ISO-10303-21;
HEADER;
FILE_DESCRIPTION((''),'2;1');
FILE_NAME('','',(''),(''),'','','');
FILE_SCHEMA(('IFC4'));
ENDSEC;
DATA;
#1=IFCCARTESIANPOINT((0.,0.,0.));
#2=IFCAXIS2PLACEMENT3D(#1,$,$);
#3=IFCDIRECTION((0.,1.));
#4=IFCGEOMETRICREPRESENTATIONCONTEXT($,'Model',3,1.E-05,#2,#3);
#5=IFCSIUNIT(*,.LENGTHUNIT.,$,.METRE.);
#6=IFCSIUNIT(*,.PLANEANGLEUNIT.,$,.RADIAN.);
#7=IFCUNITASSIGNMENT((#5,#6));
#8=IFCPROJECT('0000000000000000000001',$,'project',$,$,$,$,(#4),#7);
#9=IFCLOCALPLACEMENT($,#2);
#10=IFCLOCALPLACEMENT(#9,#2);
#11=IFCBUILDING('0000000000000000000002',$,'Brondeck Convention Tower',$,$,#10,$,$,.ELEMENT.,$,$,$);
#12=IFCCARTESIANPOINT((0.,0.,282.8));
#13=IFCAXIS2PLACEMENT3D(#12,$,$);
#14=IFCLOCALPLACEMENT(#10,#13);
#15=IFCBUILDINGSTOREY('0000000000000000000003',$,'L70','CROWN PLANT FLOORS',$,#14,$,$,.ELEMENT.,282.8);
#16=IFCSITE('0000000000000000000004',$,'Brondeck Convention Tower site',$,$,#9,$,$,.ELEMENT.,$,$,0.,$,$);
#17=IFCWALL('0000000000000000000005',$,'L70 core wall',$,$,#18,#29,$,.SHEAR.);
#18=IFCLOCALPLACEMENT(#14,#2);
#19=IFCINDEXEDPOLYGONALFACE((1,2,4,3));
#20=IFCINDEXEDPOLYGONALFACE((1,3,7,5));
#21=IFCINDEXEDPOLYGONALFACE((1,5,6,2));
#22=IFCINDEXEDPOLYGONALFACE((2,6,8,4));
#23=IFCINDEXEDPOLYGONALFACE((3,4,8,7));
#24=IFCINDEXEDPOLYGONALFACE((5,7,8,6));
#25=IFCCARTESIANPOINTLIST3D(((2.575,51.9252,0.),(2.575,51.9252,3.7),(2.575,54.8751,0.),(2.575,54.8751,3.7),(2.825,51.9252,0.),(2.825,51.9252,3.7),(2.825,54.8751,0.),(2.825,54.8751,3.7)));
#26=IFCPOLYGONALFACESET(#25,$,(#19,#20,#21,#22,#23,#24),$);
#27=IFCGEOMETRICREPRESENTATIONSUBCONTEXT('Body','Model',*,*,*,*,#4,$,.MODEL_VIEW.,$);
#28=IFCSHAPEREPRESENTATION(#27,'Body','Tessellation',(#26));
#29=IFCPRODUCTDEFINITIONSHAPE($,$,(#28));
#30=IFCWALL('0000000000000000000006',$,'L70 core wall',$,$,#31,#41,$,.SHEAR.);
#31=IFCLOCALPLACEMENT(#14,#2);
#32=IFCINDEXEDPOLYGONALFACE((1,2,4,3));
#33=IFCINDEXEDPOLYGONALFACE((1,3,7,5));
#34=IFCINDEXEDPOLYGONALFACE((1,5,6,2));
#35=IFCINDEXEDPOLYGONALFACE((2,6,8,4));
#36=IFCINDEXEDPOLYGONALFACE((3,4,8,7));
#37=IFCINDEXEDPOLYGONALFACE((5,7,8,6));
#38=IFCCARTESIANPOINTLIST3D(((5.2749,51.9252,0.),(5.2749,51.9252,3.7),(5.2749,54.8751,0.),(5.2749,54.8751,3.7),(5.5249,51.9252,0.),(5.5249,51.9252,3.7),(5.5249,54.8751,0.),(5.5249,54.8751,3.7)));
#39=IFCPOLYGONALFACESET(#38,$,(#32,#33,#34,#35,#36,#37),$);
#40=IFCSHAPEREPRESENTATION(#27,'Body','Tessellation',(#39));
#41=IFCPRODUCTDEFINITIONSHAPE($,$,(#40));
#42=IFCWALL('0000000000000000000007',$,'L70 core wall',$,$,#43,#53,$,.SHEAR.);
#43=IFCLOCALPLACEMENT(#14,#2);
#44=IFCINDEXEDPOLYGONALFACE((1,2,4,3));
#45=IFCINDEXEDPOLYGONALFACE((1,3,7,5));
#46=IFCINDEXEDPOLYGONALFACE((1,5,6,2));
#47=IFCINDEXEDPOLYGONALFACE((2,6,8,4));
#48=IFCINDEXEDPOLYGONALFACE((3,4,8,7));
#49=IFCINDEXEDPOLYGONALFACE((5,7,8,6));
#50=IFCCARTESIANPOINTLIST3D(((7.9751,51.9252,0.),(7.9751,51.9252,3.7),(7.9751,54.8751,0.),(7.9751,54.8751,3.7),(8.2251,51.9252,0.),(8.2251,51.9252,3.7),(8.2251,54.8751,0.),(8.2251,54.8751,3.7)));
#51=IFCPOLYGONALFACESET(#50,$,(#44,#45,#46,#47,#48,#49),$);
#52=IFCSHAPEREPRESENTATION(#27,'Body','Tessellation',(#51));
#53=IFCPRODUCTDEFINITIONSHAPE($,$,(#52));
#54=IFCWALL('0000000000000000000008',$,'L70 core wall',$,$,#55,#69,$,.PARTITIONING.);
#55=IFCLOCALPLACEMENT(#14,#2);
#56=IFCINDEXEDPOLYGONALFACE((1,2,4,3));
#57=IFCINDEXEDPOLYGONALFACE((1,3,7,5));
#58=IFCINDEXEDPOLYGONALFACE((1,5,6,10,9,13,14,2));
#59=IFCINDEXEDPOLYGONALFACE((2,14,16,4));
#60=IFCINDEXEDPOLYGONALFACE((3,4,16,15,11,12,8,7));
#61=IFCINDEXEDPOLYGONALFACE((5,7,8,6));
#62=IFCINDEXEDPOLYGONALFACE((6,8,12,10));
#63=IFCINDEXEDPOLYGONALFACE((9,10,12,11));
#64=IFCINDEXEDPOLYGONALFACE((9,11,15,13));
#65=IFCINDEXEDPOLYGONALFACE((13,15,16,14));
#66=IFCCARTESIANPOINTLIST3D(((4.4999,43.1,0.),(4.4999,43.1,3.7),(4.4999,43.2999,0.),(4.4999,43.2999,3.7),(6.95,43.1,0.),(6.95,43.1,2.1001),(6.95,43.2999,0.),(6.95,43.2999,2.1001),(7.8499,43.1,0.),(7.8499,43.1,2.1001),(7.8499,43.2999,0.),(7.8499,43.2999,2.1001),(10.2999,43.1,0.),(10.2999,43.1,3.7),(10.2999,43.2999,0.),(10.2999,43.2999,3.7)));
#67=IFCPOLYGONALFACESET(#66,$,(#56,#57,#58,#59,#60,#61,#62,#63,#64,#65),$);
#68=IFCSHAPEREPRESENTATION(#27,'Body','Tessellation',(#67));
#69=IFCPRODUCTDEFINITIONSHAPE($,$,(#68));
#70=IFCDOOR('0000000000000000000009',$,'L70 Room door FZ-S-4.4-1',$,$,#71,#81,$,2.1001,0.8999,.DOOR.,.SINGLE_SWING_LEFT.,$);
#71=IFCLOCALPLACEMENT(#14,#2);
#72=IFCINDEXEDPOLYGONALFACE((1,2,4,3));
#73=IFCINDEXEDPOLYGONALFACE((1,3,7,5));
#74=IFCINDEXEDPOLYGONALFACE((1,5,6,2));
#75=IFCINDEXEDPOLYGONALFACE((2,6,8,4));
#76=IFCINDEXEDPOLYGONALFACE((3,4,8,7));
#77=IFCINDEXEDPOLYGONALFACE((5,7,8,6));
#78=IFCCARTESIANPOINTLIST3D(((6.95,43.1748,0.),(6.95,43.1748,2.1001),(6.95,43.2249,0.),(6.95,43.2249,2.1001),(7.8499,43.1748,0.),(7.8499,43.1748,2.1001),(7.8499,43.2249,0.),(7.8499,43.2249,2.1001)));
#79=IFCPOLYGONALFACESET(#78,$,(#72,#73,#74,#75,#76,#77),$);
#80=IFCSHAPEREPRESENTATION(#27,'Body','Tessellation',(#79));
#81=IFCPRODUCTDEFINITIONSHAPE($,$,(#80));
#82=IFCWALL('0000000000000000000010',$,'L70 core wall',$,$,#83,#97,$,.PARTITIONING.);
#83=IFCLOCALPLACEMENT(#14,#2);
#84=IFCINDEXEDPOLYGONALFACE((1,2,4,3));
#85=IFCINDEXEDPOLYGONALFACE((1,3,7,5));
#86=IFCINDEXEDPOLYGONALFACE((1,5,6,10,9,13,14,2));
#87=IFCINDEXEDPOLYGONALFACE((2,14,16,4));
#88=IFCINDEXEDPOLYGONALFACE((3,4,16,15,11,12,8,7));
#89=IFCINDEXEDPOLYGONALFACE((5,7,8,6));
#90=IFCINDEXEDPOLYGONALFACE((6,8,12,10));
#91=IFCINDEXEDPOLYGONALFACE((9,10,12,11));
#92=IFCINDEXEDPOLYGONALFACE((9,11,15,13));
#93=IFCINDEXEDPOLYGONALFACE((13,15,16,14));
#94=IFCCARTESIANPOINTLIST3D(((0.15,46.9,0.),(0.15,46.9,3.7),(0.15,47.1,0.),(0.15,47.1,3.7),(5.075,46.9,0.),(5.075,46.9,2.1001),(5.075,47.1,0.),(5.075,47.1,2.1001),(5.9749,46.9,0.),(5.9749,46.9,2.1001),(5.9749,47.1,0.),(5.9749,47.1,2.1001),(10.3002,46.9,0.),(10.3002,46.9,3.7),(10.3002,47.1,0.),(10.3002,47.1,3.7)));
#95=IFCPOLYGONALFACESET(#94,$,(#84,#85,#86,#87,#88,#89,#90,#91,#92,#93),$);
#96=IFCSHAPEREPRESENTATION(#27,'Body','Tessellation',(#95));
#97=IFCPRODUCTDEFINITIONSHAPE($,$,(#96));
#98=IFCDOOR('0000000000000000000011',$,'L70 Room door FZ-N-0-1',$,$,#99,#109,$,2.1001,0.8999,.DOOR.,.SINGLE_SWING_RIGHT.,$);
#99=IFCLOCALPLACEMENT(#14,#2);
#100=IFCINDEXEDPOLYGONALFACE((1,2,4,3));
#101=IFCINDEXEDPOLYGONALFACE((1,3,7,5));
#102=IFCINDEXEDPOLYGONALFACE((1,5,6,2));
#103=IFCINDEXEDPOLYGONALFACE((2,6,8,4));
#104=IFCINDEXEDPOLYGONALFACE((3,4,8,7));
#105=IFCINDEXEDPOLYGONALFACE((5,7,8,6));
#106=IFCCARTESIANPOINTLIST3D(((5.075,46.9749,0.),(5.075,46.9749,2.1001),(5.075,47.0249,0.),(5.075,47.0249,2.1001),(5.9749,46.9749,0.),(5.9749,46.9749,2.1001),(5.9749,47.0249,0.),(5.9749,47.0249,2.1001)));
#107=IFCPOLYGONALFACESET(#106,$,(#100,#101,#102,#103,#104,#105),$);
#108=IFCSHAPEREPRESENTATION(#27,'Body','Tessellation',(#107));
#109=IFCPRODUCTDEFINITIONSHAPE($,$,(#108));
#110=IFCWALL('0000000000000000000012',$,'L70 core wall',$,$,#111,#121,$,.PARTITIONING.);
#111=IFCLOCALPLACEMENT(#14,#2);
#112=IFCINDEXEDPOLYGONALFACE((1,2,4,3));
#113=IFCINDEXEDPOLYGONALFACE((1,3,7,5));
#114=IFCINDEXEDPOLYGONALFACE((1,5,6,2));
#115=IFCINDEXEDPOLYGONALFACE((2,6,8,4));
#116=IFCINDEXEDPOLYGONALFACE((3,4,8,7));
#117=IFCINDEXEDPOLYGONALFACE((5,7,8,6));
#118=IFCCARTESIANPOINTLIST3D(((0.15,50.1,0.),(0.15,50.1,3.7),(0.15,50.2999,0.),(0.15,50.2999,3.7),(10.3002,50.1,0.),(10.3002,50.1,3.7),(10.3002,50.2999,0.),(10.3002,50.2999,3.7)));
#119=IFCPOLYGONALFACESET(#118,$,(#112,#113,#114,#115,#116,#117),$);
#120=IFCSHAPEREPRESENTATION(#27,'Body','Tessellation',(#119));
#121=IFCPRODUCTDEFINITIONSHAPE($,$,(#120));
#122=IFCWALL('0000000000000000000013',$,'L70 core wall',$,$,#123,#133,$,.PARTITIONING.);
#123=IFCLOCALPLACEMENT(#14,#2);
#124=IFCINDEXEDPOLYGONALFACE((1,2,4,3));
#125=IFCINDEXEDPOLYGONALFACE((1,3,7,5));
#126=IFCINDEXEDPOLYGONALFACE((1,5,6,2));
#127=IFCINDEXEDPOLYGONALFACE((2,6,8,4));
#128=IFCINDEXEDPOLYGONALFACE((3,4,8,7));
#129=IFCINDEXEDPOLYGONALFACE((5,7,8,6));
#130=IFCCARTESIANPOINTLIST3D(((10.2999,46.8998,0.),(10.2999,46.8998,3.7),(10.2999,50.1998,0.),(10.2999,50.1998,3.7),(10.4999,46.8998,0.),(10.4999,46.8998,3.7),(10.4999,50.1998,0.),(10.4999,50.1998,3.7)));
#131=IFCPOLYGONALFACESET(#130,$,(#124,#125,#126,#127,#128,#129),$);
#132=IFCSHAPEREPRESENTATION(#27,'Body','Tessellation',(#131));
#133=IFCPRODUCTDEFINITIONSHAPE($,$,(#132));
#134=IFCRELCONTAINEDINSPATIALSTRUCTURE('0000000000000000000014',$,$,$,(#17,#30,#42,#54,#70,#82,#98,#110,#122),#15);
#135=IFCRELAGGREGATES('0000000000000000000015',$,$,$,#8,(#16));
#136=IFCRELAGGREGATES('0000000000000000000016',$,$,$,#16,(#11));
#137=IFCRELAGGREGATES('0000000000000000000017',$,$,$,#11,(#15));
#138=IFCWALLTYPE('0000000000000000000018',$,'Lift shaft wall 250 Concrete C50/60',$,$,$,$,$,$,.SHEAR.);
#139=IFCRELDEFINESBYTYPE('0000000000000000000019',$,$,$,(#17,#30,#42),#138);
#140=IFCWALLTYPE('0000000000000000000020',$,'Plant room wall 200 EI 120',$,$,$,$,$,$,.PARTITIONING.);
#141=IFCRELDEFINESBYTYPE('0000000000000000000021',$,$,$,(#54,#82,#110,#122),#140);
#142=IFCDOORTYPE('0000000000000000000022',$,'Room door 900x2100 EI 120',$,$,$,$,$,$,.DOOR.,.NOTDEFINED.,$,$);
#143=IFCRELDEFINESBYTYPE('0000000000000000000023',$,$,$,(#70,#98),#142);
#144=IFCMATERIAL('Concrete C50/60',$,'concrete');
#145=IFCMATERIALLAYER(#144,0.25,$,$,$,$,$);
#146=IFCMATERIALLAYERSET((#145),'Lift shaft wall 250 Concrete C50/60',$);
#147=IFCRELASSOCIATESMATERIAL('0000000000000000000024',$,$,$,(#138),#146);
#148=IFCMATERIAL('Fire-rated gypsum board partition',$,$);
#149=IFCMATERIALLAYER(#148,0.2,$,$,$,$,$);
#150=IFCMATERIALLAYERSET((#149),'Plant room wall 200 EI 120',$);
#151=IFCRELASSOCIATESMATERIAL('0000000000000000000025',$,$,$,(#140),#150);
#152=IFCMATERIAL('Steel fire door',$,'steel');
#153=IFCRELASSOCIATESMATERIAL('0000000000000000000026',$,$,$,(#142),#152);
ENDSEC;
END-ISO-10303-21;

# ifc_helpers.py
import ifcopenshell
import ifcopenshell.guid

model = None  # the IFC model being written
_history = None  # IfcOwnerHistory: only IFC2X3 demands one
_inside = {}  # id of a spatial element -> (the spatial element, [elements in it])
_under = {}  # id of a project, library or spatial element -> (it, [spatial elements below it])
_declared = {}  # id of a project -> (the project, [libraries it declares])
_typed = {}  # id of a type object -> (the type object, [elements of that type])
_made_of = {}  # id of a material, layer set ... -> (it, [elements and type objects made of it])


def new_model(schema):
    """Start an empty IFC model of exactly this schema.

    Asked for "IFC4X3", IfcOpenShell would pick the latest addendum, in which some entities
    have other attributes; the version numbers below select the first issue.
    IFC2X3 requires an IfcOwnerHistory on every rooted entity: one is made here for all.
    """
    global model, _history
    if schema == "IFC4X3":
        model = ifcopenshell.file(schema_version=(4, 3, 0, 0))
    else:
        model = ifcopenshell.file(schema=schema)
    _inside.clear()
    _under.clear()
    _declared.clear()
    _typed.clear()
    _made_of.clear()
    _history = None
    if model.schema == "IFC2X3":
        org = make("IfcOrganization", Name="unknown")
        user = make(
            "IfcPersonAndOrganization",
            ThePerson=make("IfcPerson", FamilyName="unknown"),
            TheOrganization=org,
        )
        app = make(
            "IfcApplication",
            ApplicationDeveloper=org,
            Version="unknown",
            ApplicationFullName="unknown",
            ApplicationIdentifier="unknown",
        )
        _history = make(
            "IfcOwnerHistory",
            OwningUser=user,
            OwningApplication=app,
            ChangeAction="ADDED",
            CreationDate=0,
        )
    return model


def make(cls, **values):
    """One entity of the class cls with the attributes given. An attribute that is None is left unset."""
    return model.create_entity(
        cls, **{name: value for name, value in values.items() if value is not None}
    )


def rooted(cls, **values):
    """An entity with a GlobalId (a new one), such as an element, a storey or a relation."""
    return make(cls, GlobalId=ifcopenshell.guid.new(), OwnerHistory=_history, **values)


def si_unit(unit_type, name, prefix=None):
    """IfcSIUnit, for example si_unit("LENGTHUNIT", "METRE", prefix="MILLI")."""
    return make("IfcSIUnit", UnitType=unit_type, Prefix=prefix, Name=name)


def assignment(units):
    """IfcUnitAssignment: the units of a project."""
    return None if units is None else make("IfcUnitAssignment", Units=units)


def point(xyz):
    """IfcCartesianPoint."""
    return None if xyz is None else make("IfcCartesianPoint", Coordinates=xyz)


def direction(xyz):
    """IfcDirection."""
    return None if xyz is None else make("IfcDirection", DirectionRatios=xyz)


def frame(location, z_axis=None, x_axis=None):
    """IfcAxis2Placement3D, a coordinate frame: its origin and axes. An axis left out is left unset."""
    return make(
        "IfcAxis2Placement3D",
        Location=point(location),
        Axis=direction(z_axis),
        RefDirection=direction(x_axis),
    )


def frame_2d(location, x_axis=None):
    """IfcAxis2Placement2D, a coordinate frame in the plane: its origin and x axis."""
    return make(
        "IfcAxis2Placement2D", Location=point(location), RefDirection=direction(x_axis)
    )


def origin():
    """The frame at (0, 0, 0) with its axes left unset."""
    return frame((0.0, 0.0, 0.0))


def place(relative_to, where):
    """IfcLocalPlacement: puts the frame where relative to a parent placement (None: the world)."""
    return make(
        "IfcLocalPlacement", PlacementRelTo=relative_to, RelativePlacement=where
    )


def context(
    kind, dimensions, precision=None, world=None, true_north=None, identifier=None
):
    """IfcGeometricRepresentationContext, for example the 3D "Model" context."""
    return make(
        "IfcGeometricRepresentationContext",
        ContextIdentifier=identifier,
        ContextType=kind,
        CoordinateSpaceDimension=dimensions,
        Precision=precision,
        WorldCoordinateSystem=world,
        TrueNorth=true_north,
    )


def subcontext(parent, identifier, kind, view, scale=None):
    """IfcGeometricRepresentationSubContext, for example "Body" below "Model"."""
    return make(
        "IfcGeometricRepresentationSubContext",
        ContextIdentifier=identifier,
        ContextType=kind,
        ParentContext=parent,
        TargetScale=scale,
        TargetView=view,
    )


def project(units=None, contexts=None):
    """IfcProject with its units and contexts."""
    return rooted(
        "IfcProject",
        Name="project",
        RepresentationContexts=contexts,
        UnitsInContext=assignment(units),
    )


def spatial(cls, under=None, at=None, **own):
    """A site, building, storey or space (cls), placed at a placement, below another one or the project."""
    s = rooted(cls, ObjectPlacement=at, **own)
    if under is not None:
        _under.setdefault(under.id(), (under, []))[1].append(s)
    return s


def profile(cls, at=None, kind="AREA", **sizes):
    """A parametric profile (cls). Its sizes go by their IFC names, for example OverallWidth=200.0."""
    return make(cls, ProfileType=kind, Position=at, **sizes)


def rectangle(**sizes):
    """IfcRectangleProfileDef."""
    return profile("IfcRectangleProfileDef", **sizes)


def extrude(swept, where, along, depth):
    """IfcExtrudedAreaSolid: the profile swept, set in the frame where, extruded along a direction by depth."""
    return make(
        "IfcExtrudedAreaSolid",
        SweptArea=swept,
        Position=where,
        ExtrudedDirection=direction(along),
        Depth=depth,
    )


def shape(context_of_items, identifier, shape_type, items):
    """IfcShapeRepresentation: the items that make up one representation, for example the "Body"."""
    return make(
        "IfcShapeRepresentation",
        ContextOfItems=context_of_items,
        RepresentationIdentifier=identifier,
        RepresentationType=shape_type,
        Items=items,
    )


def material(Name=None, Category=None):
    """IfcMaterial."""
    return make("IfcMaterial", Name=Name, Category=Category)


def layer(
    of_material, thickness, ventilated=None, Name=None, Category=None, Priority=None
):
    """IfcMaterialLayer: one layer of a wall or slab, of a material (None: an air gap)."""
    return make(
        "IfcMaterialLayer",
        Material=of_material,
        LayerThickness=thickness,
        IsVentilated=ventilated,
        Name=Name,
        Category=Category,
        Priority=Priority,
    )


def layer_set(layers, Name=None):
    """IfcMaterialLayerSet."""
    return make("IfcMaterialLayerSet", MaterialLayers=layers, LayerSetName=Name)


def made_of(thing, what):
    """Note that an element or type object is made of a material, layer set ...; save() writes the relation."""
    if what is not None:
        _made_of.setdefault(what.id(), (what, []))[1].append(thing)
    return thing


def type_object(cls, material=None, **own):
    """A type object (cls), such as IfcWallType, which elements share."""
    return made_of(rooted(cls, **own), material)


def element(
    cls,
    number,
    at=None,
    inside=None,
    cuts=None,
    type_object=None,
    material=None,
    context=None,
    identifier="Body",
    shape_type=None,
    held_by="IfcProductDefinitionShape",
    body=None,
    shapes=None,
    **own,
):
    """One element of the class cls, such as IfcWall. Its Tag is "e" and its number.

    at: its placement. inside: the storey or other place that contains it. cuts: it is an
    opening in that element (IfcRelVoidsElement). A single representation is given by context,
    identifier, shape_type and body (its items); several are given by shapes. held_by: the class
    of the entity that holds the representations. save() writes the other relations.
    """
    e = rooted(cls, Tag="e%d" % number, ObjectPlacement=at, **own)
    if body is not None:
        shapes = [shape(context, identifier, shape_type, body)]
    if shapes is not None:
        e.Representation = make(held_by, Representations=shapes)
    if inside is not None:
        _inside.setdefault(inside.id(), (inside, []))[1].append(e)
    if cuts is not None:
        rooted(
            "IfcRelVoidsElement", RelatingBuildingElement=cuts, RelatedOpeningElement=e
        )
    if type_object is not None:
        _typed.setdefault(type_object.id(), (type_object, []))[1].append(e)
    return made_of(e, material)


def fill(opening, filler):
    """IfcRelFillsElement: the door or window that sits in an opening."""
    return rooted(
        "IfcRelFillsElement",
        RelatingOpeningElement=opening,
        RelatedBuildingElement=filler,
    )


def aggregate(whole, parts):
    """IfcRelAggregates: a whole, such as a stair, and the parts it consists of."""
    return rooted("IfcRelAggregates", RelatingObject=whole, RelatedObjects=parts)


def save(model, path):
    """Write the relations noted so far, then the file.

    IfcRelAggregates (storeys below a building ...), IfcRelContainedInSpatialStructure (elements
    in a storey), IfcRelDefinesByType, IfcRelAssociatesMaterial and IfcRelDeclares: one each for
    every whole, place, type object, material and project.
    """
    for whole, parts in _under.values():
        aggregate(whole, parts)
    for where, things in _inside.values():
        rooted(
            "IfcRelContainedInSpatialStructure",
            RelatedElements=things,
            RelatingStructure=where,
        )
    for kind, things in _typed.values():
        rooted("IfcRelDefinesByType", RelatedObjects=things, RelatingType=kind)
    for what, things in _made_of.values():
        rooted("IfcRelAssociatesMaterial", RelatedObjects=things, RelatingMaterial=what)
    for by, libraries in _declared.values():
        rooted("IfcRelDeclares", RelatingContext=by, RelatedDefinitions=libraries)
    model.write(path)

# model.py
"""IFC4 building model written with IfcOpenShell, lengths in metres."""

from ifc_helpers import new_model, si_unit, direction, frame, frame_2d, origin, place, context, subcontext, project, spatial, rectangle, extrude, material, layer, layer_set, type_object, element, fill, save


model = new_model("IFC4")

# Units and contexts
model_context = context("Model", 3, precision=1e-05, world=origin(), true_north=direction((0.0, 1.0)))
body_context = subcontext(model_context, "Body", "Model", "MODEL_VIEW")
ifc_project = project(units=[si_unit("LENGTHUNIT", "METRE"), si_unit("PLANEANGLEUNIT", "RADIAN")], contexts=[model_context])

# Site, building, storey
site_placement = place(None, origin())
site = spatial("IfcSite", under=ifc_project, at=site_placement, Name="Brondeck Convention Tower site", CompositionType="ELEMENT", RefElevation=0.0)
building_placement = place(site_placement, origin())
building = spatial("IfcBuilding", under=site, at=building_placement, Name="Brondeck Convention Tower", CompositionType="ELEMENT")
storey_placement = place(building_placement, frame((0.0, 0.0, 282.8)))
storey = spatial("IfcBuildingStorey", under=building, at=storey_placement, Name="L70", Description="CROWN PLANT FLOORS", CompositionType="ELEMENT", Elevation=282.8)

# Shared definitions
ifc_material_1 = material(Name="Concrete C50/60", Category="concrete")

# Walls
ifc_material_2 = material(Name="Fire-rated gypsum board partition")
ifc_layer_1 = layer(ifc_material_1, 0.25)
ifc_layer_set_1 = layer_set([ifc_layer_1], Name="Lift shaft wall 250 Concrete C50/60")
wall_type_1 = type_object("IfcWallType", Name="Lift shaft wall 250 Concrete C50/60", PredefinedType="SHEAR", material=ifc_layer_set_1)
for number, where, z_axis, x_axis, name in (
    (1, (2.7, 51.925, 0.0), (0.0, 0.0, 1.0), (0.0, 1.0, 0.0), "L70 core wall"),
    (2, (5.3999, 51.925, 0.0), (0.0, 0.0, 1.0), (0.0, 1.0, 0.0), "L70 core wall"),
    (3, (8.1001, 51.925, 0.0), (0.0, 0.0, 1.0), (0.0, 1.0, 0.0), "L70 core wall"),
):
    element("IfcWall", number, at=place(storey_placement, frame(where, z_axis=z_axis, x_axis=x_axis)), inside=storey, type_object=wall_type_1, Name=name, PredefinedType="SHEAR", context=body_context, shape_type="SweptSolid", body=[
        extrude(rectangle(XDim=2.95, YDim=0.25, at=frame_2d((1.4751, 0.0))), origin(), (0.0, 0.0, 1.0), 3.7),
    ])

# Walls, openings, doors
ifc_layer_2 = layer(ifc_material_2, 0.2)
ifc_layer_set_2 = layer_set([ifc_layer_2], Name="Plant room wall 200 EI 120")
wall_type_2 = type_object("IfcWallType", Name="Plant room wall 200 EI 120", PredefinedType="PARTITIONING", material=ifc_layer_set_2)
wall_1_placement = place(storey_placement, frame((4.5, 43.2, 0.0), z_axis=(0.0, 0.0, 1.0), x_axis=(1.0, 0.0, 0.0)))
wall_1 = element("IfcWall", 4, at=wall_1_placement, inside=storey, type_object=wall_type_2, Name="L70 core wall", PredefinedType="PARTITIONING", context=body_context, shape_type="SweptSolid", body=[
    extrude(rectangle(XDim=5.8, YDim=0.2, at=frame_2d((2.8999, 0.0))), origin(), (0.0, 0.0, 1.0), 3.7),
])
opening_1_placement = place(wall_1_placement, frame((2.45, 0.0, 0.0)))
opening_1 = element("IfcOpeningElement", 5, at=opening_1_placement, cuts=wall_1, PredefinedType="OPENING", context=body_context, shape_type="SweptSolid", body=[
    extrude(rectangle(XDim=0.8999, YDim=2.1001, at=frame_2d((0.45, 1.05))), frame((0.0, 0.1099, 0.0), z_axis=(0.0, -1.0, 0.0), x_axis=(1.0, 0.0, 0.0)), (0.0, 0.0, 1.0), 0.22),
])
ifc_material_3 = material(Name="Steel fire door", Category="steel")
door_type = type_object("IfcDoorType", Name="Room door 900x2100 EI 120", OperationType="NOTDEFINED", PredefinedType="DOOR", material=ifc_material_3)
door_1_placement = place(opening_1_placement, origin())
door_1 = element("IfcDoor", 6, at=door_1_placement, inside=storey, type_object=door_type, Name="L70 Room door FZ-S-4.4-1", OperationType="SINGLE_SWING_LEFT", OverallHeight=2.1001, OverallWidth=0.8999, PredefinedType="DOOR", context=body_context, shape_type="SweptSolid", body=[
    extrude(rectangle(XDim=0.8999, YDim=2.1001, at=frame_2d((0.45, 1.05))), frame((0.0, 0.0249, 0.0), z_axis=(0.0, -1.0, 0.0), x_axis=(1.0, 0.0, 0.0)), (0.0, 0.0, 1.0), 0.05),
])
fill(opening_1, door_1)
wall_2_placement = place(storey_placement, frame((0.1499, 47.0, 0.0), z_axis=(0.0, 0.0, 1.0), x_axis=(1.0, 0.0, 0.0)))
wall_2 = element("IfcWall", 7, at=wall_2_placement, inside=storey, type_object=wall_type_2, Name="L70 core wall", PredefinedType="PARTITIONING", context=body_context, shape_type="SweptSolid", body=[
    extrude(rectangle(XDim=10.1501, YDim=0.2, at=frame_2d((5.0752, 0.0))), origin(), (0.0, 0.0, 1.0), 3.7),
])
opening_2_placement = place(wall_2_placement, frame((4.925, 0.0, 0.0)))
opening_2 = element("IfcOpeningElement", 8, at=opening_2_placement, cuts=wall_2, PredefinedType="OPENING", context=body_context, shape_type="SweptSolid", body=[
    extrude(rectangle(XDim=0.8999, YDim=2.1001, at=frame_2d((0.45, 1.05))), frame((0.0, 0.1099, 0.0), z_axis=(0.0, -1.0, 0.0), x_axis=(1.0, 0.0, 0.0)), (0.0, 0.0, 1.0), 0.22),
])
door_2_placement = place(opening_2_placement, origin())
door_2 = element("IfcDoor", 9, at=door_2_placement, inside=storey, type_object=door_type, Name="L70 Room door FZ-N-0-1", OperationType="SINGLE_SWING_RIGHT", OverallHeight=2.1001, OverallWidth=0.8999, PredefinedType="DOOR", context=body_context, shape_type="SweptSolid", body=[
    extrude(rectangle(XDim=0.8999, YDim=2.1001, at=frame_2d((0.45, 1.05))), frame((0.0, 0.0249, 0.0), z_axis=(0.0, -1.0, 0.0), x_axis=(1.0, 0.0, 0.0)), (0.0, 0.0, 1.0), 0.05),
])
fill(opening_2, door_2)

# Walls
wall_3_placement = place(storey_placement, frame((0.1499, 50.2, 0.0), z_axis=(0.0, 0.0, 1.0), x_axis=(1.0, 0.0, 0.0)))
element("IfcWall", 10, at=wall_3_placement, inside=storey, type_object=wall_type_2, Name="L70 core wall", PredefinedType="PARTITIONING", context=body_context, shape_type="SweptSolid", body=[
    extrude(rectangle(XDim=10.1501, YDim=0.2, at=frame_2d((5.0752, 0.0))), origin(), (0.0, 0.0, 1.0), 3.7),
])
wall_4_placement = place(storey_placement, frame((10.3999, 46.8999, 0.0), z_axis=(0.0, 0.0, 1.0), x_axis=(0.0, 1.0, 0.0)))
element("IfcWall", 11, at=wall_4_placement, inside=storey, type_object=wall_type_2, Name="L70 core wall", PredefinedType="PARTITIONING", context=body_context, shape_type="SweptSolid", body=[
    extrude(rectangle(XDim=3.3, YDim=0.2, at=frame_2d((1.6499, 0.0))), origin(), (0.0, 0.0, 1.0), 3.7),
])

save(model, "model.ifc")
